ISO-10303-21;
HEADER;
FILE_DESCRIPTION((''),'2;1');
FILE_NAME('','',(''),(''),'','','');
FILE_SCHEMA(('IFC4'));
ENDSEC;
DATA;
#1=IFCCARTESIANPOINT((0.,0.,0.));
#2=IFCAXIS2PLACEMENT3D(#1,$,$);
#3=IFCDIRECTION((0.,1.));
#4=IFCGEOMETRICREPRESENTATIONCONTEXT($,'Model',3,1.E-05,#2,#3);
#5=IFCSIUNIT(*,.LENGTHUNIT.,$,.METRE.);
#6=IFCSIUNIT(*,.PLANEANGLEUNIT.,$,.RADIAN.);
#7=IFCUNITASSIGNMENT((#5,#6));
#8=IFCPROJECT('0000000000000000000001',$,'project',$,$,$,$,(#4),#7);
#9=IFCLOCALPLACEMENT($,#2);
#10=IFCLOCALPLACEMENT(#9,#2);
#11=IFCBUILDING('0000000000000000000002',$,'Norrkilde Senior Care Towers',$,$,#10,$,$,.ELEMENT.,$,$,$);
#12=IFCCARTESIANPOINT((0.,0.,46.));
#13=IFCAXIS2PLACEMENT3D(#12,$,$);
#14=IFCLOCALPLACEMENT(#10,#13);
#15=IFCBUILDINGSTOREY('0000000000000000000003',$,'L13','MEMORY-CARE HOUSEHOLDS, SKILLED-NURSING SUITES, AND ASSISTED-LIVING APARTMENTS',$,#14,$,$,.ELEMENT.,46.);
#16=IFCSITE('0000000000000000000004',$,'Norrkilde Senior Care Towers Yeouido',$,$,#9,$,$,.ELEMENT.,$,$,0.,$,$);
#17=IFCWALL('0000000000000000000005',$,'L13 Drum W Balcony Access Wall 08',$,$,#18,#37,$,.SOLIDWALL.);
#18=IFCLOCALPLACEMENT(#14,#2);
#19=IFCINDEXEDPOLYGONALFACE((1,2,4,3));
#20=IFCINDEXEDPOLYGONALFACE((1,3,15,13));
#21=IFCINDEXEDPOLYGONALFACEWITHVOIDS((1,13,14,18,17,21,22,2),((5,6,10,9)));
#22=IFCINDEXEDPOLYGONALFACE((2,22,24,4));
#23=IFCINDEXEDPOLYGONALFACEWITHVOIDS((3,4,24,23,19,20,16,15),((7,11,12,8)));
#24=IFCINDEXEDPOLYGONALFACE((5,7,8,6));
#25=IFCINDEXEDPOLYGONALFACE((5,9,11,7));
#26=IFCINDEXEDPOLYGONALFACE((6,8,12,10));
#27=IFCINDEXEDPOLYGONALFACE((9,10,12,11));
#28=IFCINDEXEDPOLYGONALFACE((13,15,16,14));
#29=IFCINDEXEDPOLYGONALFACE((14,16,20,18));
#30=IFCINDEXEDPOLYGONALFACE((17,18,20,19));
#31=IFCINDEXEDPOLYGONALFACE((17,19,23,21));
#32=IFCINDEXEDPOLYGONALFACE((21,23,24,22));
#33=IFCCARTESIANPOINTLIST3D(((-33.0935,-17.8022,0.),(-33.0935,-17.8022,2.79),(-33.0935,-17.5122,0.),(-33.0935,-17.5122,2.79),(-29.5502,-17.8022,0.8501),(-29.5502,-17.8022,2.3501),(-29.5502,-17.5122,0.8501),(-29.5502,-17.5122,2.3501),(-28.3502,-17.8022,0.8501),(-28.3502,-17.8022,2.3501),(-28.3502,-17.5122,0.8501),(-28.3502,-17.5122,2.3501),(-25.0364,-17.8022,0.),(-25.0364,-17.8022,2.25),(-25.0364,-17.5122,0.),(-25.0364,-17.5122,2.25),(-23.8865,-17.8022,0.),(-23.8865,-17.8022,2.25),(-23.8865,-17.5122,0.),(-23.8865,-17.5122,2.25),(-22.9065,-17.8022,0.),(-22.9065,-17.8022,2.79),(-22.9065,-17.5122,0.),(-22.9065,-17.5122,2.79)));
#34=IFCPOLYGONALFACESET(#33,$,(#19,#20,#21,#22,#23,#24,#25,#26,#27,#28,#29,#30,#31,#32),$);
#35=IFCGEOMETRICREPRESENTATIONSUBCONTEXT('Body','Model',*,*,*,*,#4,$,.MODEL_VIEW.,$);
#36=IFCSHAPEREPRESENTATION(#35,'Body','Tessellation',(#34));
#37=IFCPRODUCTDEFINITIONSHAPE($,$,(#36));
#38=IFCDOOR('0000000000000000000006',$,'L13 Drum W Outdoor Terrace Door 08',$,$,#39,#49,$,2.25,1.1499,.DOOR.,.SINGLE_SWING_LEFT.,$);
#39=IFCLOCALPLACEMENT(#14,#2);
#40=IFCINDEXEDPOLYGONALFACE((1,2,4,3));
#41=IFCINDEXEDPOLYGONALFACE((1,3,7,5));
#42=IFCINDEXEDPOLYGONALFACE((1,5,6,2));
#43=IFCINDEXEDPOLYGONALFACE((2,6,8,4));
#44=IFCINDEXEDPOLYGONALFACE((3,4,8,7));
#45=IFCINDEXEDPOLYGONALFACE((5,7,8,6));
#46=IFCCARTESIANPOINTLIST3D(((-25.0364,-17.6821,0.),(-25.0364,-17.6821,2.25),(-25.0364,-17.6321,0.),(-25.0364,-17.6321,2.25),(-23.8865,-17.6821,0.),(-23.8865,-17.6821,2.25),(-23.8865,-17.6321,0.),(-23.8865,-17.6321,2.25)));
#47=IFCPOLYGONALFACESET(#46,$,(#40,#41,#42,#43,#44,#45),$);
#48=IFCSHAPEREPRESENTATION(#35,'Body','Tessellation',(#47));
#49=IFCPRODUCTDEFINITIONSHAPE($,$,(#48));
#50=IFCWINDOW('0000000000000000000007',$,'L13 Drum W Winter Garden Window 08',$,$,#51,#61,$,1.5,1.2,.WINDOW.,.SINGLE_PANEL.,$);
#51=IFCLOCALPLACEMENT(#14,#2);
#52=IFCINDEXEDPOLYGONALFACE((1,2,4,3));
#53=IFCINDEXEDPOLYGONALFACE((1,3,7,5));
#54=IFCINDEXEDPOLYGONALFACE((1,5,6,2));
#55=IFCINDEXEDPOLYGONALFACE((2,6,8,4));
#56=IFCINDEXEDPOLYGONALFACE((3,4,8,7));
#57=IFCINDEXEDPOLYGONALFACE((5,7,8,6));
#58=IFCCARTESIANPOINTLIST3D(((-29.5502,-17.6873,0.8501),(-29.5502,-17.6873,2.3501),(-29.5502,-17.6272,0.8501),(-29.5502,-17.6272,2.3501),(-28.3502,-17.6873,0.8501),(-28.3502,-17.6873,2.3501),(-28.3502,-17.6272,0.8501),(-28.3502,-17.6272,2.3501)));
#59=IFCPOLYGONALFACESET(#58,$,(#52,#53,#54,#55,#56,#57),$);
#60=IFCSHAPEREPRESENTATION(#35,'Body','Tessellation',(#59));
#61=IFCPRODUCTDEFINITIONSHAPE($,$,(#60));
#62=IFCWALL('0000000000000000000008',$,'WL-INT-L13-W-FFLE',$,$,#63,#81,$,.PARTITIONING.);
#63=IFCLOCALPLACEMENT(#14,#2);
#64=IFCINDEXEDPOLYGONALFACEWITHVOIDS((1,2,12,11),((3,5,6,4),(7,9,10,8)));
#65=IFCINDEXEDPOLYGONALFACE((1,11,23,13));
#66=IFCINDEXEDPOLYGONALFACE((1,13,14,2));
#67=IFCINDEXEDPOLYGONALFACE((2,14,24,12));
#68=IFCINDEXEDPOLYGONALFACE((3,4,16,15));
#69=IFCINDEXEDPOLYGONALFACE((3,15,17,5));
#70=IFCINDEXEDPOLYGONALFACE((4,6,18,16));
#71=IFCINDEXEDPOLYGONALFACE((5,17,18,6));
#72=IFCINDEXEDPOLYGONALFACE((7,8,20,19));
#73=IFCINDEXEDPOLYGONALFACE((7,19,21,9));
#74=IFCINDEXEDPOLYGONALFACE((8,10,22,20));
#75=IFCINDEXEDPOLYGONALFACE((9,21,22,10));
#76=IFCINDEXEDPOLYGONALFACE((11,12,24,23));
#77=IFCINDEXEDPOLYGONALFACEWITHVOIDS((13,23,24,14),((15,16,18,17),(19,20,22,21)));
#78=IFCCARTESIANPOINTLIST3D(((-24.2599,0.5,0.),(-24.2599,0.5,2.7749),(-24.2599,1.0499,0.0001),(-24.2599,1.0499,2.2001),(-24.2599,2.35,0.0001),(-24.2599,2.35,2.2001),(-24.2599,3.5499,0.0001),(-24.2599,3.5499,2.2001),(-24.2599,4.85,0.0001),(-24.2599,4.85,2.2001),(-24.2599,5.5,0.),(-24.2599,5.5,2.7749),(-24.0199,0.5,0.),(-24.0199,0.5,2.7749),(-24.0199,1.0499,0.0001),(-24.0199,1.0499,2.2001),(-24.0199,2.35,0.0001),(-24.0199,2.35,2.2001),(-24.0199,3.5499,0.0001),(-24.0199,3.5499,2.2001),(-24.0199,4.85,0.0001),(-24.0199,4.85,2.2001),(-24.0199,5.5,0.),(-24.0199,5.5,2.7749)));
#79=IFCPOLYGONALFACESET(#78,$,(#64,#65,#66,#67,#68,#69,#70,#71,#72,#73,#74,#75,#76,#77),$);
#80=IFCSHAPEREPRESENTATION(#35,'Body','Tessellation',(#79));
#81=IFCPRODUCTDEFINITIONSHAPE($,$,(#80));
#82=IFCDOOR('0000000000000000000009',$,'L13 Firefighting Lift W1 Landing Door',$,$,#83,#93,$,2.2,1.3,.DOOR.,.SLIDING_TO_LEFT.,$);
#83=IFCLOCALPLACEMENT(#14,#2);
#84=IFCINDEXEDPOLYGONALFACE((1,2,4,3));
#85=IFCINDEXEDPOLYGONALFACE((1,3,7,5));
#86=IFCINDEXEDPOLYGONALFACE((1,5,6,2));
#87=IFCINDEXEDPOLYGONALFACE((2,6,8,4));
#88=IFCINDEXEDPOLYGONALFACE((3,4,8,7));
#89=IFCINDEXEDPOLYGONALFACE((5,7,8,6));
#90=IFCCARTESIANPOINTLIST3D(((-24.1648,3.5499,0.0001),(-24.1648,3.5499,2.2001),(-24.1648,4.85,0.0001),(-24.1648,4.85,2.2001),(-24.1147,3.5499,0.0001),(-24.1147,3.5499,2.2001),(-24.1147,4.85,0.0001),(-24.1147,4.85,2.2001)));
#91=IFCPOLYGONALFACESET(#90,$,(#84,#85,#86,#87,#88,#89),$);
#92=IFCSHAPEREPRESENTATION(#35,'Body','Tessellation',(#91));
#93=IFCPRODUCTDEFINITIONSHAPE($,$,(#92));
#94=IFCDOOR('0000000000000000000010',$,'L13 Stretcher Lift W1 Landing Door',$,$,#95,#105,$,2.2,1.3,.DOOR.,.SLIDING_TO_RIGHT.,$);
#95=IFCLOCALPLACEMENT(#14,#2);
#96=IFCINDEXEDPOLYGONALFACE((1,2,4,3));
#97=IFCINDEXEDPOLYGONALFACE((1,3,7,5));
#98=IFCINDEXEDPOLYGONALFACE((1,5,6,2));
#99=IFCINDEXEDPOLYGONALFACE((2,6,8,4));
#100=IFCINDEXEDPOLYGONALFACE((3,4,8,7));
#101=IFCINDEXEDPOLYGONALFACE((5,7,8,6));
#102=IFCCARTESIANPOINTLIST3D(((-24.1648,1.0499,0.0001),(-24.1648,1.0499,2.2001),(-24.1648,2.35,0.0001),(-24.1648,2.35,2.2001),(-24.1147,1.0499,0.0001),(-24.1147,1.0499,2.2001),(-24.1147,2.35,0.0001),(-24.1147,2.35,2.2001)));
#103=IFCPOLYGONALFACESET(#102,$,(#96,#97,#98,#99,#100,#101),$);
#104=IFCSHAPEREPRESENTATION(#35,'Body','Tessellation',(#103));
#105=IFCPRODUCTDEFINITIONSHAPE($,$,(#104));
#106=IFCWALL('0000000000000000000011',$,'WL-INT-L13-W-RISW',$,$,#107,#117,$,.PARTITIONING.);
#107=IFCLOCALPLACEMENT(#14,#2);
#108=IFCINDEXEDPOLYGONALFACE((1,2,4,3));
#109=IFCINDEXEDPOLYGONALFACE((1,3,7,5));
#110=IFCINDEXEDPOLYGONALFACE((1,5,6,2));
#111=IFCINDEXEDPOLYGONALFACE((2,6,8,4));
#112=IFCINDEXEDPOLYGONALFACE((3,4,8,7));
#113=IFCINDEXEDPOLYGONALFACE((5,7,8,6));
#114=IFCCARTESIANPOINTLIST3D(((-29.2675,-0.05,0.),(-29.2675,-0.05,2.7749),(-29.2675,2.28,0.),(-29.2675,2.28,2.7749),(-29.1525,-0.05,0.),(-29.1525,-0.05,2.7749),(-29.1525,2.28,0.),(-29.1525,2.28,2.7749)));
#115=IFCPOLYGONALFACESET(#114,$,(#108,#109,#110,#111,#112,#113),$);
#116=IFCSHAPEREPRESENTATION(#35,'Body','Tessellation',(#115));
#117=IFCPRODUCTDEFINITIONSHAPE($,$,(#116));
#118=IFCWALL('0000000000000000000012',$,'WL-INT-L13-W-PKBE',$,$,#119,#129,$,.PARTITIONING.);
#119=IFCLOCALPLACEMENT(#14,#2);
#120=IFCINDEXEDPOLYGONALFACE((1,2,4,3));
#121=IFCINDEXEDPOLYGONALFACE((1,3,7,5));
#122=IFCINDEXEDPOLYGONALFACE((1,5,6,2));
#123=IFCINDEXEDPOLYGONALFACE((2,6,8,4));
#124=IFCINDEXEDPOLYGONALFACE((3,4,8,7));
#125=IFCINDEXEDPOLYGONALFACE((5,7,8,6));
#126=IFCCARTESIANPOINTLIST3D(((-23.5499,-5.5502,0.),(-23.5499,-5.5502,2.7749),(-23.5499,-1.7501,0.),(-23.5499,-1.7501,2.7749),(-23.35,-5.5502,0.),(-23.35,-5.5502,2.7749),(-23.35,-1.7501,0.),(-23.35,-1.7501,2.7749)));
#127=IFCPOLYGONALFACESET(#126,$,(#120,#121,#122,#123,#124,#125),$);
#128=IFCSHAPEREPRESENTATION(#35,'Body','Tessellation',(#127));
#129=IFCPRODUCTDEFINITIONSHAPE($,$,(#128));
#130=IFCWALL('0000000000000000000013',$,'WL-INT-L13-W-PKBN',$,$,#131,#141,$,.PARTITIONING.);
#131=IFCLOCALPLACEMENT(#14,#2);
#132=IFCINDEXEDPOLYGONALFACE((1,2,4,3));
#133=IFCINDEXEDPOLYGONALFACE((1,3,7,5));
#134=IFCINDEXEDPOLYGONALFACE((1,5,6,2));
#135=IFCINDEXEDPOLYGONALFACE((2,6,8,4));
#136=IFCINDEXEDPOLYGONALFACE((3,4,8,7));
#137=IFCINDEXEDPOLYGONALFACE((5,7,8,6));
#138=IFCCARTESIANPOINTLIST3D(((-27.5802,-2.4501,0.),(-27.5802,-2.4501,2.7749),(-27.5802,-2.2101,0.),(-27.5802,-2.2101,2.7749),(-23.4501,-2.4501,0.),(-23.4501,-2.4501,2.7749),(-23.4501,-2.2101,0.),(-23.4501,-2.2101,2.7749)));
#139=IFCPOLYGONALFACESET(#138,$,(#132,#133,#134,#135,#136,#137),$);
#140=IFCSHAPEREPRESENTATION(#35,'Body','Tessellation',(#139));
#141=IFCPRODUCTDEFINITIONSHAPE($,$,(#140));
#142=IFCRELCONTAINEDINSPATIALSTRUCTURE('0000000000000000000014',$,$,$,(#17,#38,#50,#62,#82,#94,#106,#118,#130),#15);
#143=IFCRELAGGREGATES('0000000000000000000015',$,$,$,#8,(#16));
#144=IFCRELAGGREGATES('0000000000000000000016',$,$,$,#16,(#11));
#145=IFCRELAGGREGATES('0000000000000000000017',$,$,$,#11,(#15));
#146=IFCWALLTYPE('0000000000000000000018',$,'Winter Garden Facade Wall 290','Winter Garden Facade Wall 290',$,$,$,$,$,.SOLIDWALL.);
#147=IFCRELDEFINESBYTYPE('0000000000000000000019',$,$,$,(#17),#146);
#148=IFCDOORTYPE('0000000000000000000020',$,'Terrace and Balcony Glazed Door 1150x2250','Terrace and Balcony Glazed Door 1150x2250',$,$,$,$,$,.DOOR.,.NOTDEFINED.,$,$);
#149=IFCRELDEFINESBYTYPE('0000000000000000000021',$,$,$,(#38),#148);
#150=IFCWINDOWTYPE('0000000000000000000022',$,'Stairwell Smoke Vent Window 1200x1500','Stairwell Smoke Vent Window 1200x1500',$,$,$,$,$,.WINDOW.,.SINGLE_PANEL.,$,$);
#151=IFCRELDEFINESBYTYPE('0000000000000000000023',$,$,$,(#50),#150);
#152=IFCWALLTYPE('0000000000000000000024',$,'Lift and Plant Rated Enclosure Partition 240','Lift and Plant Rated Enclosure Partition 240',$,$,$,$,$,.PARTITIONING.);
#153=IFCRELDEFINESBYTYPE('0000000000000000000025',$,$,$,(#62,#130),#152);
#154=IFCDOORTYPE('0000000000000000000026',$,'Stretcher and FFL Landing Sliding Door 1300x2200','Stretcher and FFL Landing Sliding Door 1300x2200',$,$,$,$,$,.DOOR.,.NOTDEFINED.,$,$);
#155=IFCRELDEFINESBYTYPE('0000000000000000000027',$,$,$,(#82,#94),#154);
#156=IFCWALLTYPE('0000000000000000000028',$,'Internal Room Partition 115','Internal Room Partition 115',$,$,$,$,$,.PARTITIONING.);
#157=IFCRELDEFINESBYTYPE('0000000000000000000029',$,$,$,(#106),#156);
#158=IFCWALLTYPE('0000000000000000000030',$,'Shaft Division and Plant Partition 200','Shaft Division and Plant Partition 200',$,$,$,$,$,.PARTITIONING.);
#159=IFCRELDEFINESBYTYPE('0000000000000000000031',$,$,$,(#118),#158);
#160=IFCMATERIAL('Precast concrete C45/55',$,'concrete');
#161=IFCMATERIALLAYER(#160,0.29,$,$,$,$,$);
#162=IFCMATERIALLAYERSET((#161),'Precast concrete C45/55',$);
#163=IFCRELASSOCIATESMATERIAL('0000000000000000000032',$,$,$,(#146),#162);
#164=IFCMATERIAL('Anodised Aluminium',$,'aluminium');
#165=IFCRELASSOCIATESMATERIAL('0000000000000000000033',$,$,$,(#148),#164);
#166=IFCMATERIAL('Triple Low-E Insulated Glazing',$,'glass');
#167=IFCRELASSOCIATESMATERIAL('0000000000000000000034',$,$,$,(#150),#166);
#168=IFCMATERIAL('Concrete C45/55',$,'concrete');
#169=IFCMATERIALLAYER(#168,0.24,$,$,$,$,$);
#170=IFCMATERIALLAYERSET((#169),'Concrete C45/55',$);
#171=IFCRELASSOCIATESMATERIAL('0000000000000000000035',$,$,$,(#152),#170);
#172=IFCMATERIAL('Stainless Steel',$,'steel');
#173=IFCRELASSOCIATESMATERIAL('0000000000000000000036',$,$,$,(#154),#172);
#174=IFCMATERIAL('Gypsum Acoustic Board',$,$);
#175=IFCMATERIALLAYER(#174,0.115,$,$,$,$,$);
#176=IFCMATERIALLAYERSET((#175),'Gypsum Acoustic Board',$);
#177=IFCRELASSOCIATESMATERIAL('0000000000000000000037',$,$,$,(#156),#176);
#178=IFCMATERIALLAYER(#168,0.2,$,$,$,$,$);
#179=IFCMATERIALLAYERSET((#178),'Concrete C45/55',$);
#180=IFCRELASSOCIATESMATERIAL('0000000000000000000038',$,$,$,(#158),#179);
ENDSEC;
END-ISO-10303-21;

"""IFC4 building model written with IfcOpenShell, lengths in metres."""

from ifc_helpers import new_model, si_unit, direction, frame, frame_2d, origin, place, context, subcontext, project, spatial, rectangle, extrude, source, transform, mapped, material, layer, layer_set, type_object, type_shapes, element, fill, save


model = new_model("IFC4")

# Units and contexts
model_context = context("Model", 3, precision=1e-05, world=origin(), true_north=direction((0.0, 1.0)))
body_context = subcontext(model_context, "Body", "Model", "MODEL_VIEW")
ifc_project = project(units=[si_unit("LENGTHUNIT", "METRE"), si_unit("PLANEANGLEUNIT", "RADIAN")], contexts=[model_context])

# Site, building, storey
site_placement = place(None, origin())
site = spatial("IfcSite", under=ifc_project, at=site_placement, Name="Norrkilde Senior Care Towers Yeouido", CompositionType="ELEMENT", RefElevation=0.0)
building_placement = place(site_placement, origin())
building = spatial("IfcBuilding", under=site, at=building_placement, Name="Norrkilde Senior Care Towers", CompositionType="ELEMENT")
storey_placement = place(building_placement, frame((0.0, 0.0, 46.0)))
storey = spatial("IfcBuildingStorey", under=building, at=storey_placement, Name="L13", Description="MEMORY-CARE HOUSEHOLDS, SKILLED-NURSING SUITES, AND ASSISTED-LIVING APARTMENTS", CompositionType="ELEMENT", Elevation=46.0)

# Shared definitions
ifc_material_1 = material(Name="Triple Low-E Insulated Glazing", Category="glass")
ifc_material_2 = material(Name="Anodised Aluminium", Category="aluminium")

# Wall, openings, door, window
ifc_material_3 = material(Name="Precast concrete C45/55", Category="concrete")
ifc_layer_1 = layer(ifc_material_3, 0.29)
ifc_layer_set_1 = layer_set([ifc_layer_1], Name="Precast concrete C45/55")
wall_type_1 = type_object("IfcWallType", Name="Winter Garden Facade Wall 290", Description="Winter Garden Facade Wall 290", PredefinedType="SOLIDWALL", material=ifc_layer_set_1)
shared_shape_1 = source(origin(), body_context, "Body", "SweptSolid", [
    extrude(rectangle(XDim=10.187, YDim=0.29, at=frame_2d((5.0935, 0.0))), origin(), (0.0, 0.0, 1.0), 2.79),
])
type_shapes(wall_type_1, [shared_shape_1])
wall_1_placement = place(storey_placement, frame((-22.9065, -17.6572, 0.0), z_axis=(0.0, 0.0, 1.0), x_axis=(-1.0, 0.0, 0.0)))
wall_1 = element("IfcWall", 1, at=wall_1_placement, inside=storey, type_object=wall_type_1, Name="L13 Drum W Balcony Access Wall 08", PredefinedType="SOLIDWALL", context=body_context, shape_type="MappedRepresentation", body=[
    mapped(shared_shape_1, transform((0.0, 0.0, 0.0), x_axis=(1.0, 0.0, 0.0), y_axis=(0.0, 1.0, 0.0), z_axis=(0.0, 0.0, 1.0), scale=1.0)),
])
opening_1_placement = place(wall_1_placement, frame((0.98, 0.0, 0.0)))
opening_1 = element("IfcOpeningElement", 2, at=opening_1_placement, cuts=wall_1, PredefinedType="OPENING", context=body_context, shape_type="SweptSolid", body=[
    extrude(rectangle(XDim=1.1499, YDim=2.25, at=frame_2d((0.575, 1.125))), frame((0.0, 0.155, 0.0), z_axis=(0.0, -1.0, 0.0), x_axis=(1.0, 0.0, 0.0)), (0.0, 0.0, 1.0), 0.3101),
])
opening_2_placement = place(wall_1_placement, frame((5.4436, 0.0, 0.8501)))
opening_2 = element("IfcOpeningElement", 3, at=opening_2_placement, cuts=wall_1, PredefinedType="OPENING", context=body_context, shape_type="SweptSolid", body=[
    extrude(rectangle(XDim=1.2, YDim=1.5, at=frame_2d((0.6001, 0.75))), frame((0.0, 0.155, 0.0), z_axis=(0.0, -1.0, 0.0), x_axis=(1.0, 0.0, 0.0)), (0.0, 0.0, 1.0), 0.3101),
])
door_type_1 = type_object("IfcDoorType", Name="Terrace and Balcony Glazed Door 1150x2250", Description="Terrace and Balcony Glazed Door 1150x2250", OperationType="NOTDEFINED", PredefinedType="DOOR", material=ifc_material_2)
shared_shape_2 = source(origin(), body_context, "Body", "SweptSolid", [
    extrude(rectangle(XDim=1.1499, YDim=2.25, at=frame_2d((0.575, 1.125))), frame((0.0, 0.0249, 0.0), z_axis=(0.0, -1.0, 0.0), x_axis=(1.0, 0.0, 0.0)), (0.0, 0.0, 1.0), 0.05),
])
type_shapes(door_type_1, [shared_shape_2])
door_1_placement = place(opening_1_placement, origin())
door_1 = element("IfcDoor", 4, at=door_1_placement, inside=storey, type_object=door_type_1, Name="L13 Drum W Outdoor Terrace Door 08", OperationType="SINGLE_SWING_LEFT", OverallHeight=2.25, OverallWidth=1.1499, PredefinedType="DOOR", context=body_context, shape_type="MappedRepresentation", body=[
    mapped(shared_shape_2, transform((0.0, 0.0, 0.0), x_axis=(1.0, 0.0, 0.0), y_axis=(0.0, 1.0, 0.0), z_axis=(0.0, 0.0, 1.0), scale=1.0)),
])
fill(opening_1, door_1)
window_type = type_object("IfcWindowType", Name="Stairwell Smoke Vent Window 1200x1500", Description="Stairwell Smoke Vent Window 1200x1500", PartitioningType="SINGLE_PANEL", PredefinedType="WINDOW", material=ifc_material_1)
shared_shape_3 = source(origin(), body_context, "Body", "SweptSolid", [
    extrude(rectangle(XDim=1.2, YDim=1.5, at=frame_2d((0.6001, 0.75))), frame((0.0, 0.03, 0.0), z_axis=(0.0, -1.0, 0.0), x_axis=(1.0, 0.0, 0.0)), (0.0, 0.0, 1.0), 0.0601),
])
type_shapes(window_type, [shared_shape_3])
window_placement = place(opening_2_placement, origin())
window = element("IfcWindow", 5, at=window_placement, inside=storey, type_object=window_type, Name="L13 Drum W Winter Garden Window 08", OverallHeight=1.5, OverallWidth=1.2, PartitioningType="SINGLE_PANEL", PredefinedType="WINDOW", context=body_context, shape_type="MappedRepresentation", body=[
    mapped(shared_shape_3, transform((0.0, 0.0, 0.0), x_axis=(1.0, 0.0, 0.0), y_axis=(0.0, 1.0, 0.0), z_axis=(0.0, 0.0, 1.0), scale=1.0)),
])
fill(opening_2, window)

# Wall, openings, doors
ifc_material_4 = material(Name="Concrete C45/55", Category="concrete")
ifc_layer_2 = layer(ifc_material_4, 0.24)
ifc_layer_set_2 = layer_set([ifc_layer_2], Name="Concrete C45/55")
wall_type_2 = type_object("IfcWallType", Name="Lift and Plant Rated Enclosure Partition 240", Description="Lift and Plant Rated Enclosure Partition 240", PredefinedType="PARTITIONING", material=ifc_layer_set_2)
shared_shape_4 = source(origin(), body_context, "Body", "SweptSolid", [
    extrude(rectangle(XDim=5.0, YDim=0.24, at=frame_2d((2.5, 0.0))), origin(), (0.0, 0.0, 1.0), 2.7749),
])
wall_2_placement = place(storey_placement, frame((-24.1399, 0.5, 0.0), z_axis=(0.0, 0.0, 1.0), x_axis=(0.0, 1.0, 0.0)))
wall_2 = element("IfcWall", 6, at=wall_2_placement, inside=storey, type_object=wall_type_2, Name="WL-INT-L13-W-FFLE", PredefinedType="PARTITIONING", context=body_context, shape_type="MappedRepresentation", body=[
    mapped(shared_shape_4, transform((0.0, 0.0, 0.0), x_axis=(1.0, 0.0, 0.0), y_axis=(0.0, 1.0, 0.0), z_axis=(0.0, 0.0, 1.0), scale=1.0)),
])
opening_3_placement = place(wall_2_placement, frame((3.05, 0.0, 0.0)))
opening_3 = element("IfcOpeningElement", 7, at=opening_3_placement, cuts=wall_2, PredefinedType="OPENING", context=body_context, shape_type="SweptSolid", body=[
    extrude(rectangle(XDim=1.3, YDim=2.2, at=frame_2d((0.6499, 1.1001))), frame((0.0, 0.1299, 0.0), z_axis=(0.0, -1.0, 0.0), x_axis=(1.0, 0.0, 0.0)), (0.0, 0.0, 1.0), 0.26),
])
opening_4_placement = place(wall_2_placement, frame((0.55, 0.0, 0.0)))
opening_4 = element("IfcOpeningElement", 8, at=opening_4_placement, cuts=wall_2, PredefinedType="OPENING", context=body_context, shape_type="SweptSolid", body=[
    extrude(rectangle(XDim=1.3, YDim=2.2, at=frame_2d((0.6499, 1.1001))), frame((0.0, 0.1299, 0.0), z_axis=(0.0, -1.0, 0.0), x_axis=(1.0, 0.0, 0.0)), (0.0, 0.0, 1.0), 0.26),
])
ifc_material_5 = material(Name="Stainless Steel", Category="steel")
door_type_2 = type_object("IfcDoorType", Name="Stretcher and FFL Landing Sliding Door 1300x2200", Description="Stretcher and FFL Landing Sliding Door 1300x2200", OperationType="NOTDEFINED", PredefinedType="DOOR", material=ifc_material_5)
shared_shape_5 = source(origin(), body_context, "Body", "SweptSolid", [
    extrude(rectangle(XDim=1.3, YDim=2.2, at=frame_2d((0.6499, 1.1001))), frame((0.0, 0.0249, 0.0), z_axis=(0.0, -1.0, 0.0), x_axis=(1.0, 0.0, 0.0)), (0.0, 0.0, 1.0), 0.05),
])
type_shapes(door_type_2, [shared_shape_5])
door_2_placement = place(opening_3_placement, origin())
door_2 = element("IfcDoor", 9, at=door_2_placement, inside=storey, type_object=door_type_2, Name="L13 Firefighting Lift W1 Landing Door", OperationType="SLIDING_TO_LEFT", OverallHeight=2.2, OverallWidth=1.3, PredefinedType="DOOR", context=body_context, shape_type="MappedRepresentation", body=[
    mapped(shared_shape_5, transform((0.0, 0.0, 0.0), x_axis=(1.0, 0.0, 0.0), y_axis=(0.0, 1.0, 0.0), z_axis=(0.0, 0.0, 1.0), scale=1.0)),
])
fill(opening_3, door_2)
door_3_placement = place(opening_4_placement, origin())
door_3 = element("IfcDoor", 10, at=door_3_placement, inside=storey, type_object=door_type_2, Name="L13 Stretcher Lift W1 Landing Door", OperationType="SLIDING_TO_RIGHT", OverallHeight=2.2, OverallWidth=1.3, PredefinedType="DOOR", context=body_context, shape_type="MappedRepresentation", body=[
    mapped(shared_shape_5, transform((0.0, 0.0, 0.0), x_axis=(1.0, 0.0, 0.0), y_axis=(0.0, 1.0, 0.0), z_axis=(0.0, 0.0, 1.0), scale=1.0)),
])
fill(opening_4, door_3)

# Walls
ifc_material_6 = material(Name="Gypsum Acoustic Board")
ifc_layer_3 = layer(ifc_material_6, 0.115)
ifc_layer_set_3 = layer_set([ifc_layer_3], Name="Gypsum Acoustic Board")
wall_type_3 = type_object("IfcWallType", Name="Internal Room Partition 115", Description="Internal Room Partition 115", PredefinedType="PARTITIONING", material=ifc_layer_set_3)
shared_shape_6 = source(origin(), body_context, "Body", "SweptSolid", [
    extrude(rectangle(XDim=2.3301, YDim=0.115, at=frame_2d((1.165, 0.0))), origin(), (0.0, 0.0, 1.0), 2.7749),
])
type_shapes(wall_type_3, [shared_shape_6])
wall_3_placement = place(storey_placement, frame((-29.21, -0.05, 0.0), z_axis=(0.0, 0.0, 1.0), x_axis=(0.0, 1.0, 0.0)))
element("IfcWall", 11, at=wall_3_placement, inside=storey, type_object=wall_type_3, Name="WL-INT-L13-W-RISW", PredefinedType="PARTITIONING", context=body_context, shape_type="MappedRepresentation", body=[
    mapped(shared_shape_6, transform((0.0, 0.0, 0.0), x_axis=(1.0, 0.0, 0.0), y_axis=(0.0, 1.0, 0.0), z_axis=(0.0, 0.0, 1.0), scale=1.0)),
])
ifc_layer_4 = layer(ifc_material_4, 0.2)
ifc_layer_set_4 = layer_set([ifc_layer_4], Name="Concrete C45/55")
wall_type_4 = type_object("IfcWallType", Name="Shaft Division and Plant Partition 200", Description="Shaft Division and Plant Partition 200", PredefinedType="PARTITIONING", material=ifc_layer_set_4)
shared_shape_7 = source(origin(), body_context, "Body", "SweptSolid", [
    extrude(rectangle(XDim=3.8, YDim=0.2, at=frame_2d((1.8999, 0.0))), origin(), (0.0, 0.0, 1.0), 2.7749),
])
type_shapes(wall_type_4, [shared_shape_7])
wall_4_placement = place(storey_placement, frame((-23.45, -5.55, 0.0), z_axis=(0.0, 0.0, 1.0), x_axis=(0.0, 1.0, 0.0)))
element("IfcWall", 12, at=wall_4_placement, inside=storey, type_object=wall_type_4, Name="WL-INT-L13-W-PKBE", PredefinedType="PARTITIONING", context=body_context, shape_type="MappedRepresentation", body=[
    mapped(shared_shape_7, transform((0.0, 0.0, 0.0), x_axis=(1.0, 0.0, 0.0), y_axis=(0.0, 1.0, 0.0), z_axis=(0.0, 0.0, 1.0), scale=1.0)),
])
shared_shape_8 = source(origin(), body_context, "Body", "SweptSolid", [
    extrude(rectangle(XDim=4.1301, YDim=0.24, at=frame_2d((2.0649, 0.0))), origin(), (0.0, 0.0, 1.0), 2.7749),
])
type_shapes(wall_type_2, [shared_shape_4, shared_shape_8])
wall_5_placement = place(storey_placement, frame((-27.5801, -2.3301, 0.0), z_axis=(0.0, 0.0, 1.0), x_axis=(1.0, 0.0, 0.0)))
element("IfcWall", 13, at=wall_5_placement, inside=storey, type_object=wall_type_2, Name="WL-INT-L13-W-PKBN", PredefinedType="PARTITIONING", context=body_context, shape_type="MappedRepresentation", body=[
    mapped(shared_shape_8, transform((0.0, 0.0, 0.0), x_axis=(1.0, 0.0, 0.0), y_axis=(0.0, 1.0, 0.0), z_axis=(0.0, 0.0, 1.0), scale=1.0)),
])

save(model, "model.ifc")
